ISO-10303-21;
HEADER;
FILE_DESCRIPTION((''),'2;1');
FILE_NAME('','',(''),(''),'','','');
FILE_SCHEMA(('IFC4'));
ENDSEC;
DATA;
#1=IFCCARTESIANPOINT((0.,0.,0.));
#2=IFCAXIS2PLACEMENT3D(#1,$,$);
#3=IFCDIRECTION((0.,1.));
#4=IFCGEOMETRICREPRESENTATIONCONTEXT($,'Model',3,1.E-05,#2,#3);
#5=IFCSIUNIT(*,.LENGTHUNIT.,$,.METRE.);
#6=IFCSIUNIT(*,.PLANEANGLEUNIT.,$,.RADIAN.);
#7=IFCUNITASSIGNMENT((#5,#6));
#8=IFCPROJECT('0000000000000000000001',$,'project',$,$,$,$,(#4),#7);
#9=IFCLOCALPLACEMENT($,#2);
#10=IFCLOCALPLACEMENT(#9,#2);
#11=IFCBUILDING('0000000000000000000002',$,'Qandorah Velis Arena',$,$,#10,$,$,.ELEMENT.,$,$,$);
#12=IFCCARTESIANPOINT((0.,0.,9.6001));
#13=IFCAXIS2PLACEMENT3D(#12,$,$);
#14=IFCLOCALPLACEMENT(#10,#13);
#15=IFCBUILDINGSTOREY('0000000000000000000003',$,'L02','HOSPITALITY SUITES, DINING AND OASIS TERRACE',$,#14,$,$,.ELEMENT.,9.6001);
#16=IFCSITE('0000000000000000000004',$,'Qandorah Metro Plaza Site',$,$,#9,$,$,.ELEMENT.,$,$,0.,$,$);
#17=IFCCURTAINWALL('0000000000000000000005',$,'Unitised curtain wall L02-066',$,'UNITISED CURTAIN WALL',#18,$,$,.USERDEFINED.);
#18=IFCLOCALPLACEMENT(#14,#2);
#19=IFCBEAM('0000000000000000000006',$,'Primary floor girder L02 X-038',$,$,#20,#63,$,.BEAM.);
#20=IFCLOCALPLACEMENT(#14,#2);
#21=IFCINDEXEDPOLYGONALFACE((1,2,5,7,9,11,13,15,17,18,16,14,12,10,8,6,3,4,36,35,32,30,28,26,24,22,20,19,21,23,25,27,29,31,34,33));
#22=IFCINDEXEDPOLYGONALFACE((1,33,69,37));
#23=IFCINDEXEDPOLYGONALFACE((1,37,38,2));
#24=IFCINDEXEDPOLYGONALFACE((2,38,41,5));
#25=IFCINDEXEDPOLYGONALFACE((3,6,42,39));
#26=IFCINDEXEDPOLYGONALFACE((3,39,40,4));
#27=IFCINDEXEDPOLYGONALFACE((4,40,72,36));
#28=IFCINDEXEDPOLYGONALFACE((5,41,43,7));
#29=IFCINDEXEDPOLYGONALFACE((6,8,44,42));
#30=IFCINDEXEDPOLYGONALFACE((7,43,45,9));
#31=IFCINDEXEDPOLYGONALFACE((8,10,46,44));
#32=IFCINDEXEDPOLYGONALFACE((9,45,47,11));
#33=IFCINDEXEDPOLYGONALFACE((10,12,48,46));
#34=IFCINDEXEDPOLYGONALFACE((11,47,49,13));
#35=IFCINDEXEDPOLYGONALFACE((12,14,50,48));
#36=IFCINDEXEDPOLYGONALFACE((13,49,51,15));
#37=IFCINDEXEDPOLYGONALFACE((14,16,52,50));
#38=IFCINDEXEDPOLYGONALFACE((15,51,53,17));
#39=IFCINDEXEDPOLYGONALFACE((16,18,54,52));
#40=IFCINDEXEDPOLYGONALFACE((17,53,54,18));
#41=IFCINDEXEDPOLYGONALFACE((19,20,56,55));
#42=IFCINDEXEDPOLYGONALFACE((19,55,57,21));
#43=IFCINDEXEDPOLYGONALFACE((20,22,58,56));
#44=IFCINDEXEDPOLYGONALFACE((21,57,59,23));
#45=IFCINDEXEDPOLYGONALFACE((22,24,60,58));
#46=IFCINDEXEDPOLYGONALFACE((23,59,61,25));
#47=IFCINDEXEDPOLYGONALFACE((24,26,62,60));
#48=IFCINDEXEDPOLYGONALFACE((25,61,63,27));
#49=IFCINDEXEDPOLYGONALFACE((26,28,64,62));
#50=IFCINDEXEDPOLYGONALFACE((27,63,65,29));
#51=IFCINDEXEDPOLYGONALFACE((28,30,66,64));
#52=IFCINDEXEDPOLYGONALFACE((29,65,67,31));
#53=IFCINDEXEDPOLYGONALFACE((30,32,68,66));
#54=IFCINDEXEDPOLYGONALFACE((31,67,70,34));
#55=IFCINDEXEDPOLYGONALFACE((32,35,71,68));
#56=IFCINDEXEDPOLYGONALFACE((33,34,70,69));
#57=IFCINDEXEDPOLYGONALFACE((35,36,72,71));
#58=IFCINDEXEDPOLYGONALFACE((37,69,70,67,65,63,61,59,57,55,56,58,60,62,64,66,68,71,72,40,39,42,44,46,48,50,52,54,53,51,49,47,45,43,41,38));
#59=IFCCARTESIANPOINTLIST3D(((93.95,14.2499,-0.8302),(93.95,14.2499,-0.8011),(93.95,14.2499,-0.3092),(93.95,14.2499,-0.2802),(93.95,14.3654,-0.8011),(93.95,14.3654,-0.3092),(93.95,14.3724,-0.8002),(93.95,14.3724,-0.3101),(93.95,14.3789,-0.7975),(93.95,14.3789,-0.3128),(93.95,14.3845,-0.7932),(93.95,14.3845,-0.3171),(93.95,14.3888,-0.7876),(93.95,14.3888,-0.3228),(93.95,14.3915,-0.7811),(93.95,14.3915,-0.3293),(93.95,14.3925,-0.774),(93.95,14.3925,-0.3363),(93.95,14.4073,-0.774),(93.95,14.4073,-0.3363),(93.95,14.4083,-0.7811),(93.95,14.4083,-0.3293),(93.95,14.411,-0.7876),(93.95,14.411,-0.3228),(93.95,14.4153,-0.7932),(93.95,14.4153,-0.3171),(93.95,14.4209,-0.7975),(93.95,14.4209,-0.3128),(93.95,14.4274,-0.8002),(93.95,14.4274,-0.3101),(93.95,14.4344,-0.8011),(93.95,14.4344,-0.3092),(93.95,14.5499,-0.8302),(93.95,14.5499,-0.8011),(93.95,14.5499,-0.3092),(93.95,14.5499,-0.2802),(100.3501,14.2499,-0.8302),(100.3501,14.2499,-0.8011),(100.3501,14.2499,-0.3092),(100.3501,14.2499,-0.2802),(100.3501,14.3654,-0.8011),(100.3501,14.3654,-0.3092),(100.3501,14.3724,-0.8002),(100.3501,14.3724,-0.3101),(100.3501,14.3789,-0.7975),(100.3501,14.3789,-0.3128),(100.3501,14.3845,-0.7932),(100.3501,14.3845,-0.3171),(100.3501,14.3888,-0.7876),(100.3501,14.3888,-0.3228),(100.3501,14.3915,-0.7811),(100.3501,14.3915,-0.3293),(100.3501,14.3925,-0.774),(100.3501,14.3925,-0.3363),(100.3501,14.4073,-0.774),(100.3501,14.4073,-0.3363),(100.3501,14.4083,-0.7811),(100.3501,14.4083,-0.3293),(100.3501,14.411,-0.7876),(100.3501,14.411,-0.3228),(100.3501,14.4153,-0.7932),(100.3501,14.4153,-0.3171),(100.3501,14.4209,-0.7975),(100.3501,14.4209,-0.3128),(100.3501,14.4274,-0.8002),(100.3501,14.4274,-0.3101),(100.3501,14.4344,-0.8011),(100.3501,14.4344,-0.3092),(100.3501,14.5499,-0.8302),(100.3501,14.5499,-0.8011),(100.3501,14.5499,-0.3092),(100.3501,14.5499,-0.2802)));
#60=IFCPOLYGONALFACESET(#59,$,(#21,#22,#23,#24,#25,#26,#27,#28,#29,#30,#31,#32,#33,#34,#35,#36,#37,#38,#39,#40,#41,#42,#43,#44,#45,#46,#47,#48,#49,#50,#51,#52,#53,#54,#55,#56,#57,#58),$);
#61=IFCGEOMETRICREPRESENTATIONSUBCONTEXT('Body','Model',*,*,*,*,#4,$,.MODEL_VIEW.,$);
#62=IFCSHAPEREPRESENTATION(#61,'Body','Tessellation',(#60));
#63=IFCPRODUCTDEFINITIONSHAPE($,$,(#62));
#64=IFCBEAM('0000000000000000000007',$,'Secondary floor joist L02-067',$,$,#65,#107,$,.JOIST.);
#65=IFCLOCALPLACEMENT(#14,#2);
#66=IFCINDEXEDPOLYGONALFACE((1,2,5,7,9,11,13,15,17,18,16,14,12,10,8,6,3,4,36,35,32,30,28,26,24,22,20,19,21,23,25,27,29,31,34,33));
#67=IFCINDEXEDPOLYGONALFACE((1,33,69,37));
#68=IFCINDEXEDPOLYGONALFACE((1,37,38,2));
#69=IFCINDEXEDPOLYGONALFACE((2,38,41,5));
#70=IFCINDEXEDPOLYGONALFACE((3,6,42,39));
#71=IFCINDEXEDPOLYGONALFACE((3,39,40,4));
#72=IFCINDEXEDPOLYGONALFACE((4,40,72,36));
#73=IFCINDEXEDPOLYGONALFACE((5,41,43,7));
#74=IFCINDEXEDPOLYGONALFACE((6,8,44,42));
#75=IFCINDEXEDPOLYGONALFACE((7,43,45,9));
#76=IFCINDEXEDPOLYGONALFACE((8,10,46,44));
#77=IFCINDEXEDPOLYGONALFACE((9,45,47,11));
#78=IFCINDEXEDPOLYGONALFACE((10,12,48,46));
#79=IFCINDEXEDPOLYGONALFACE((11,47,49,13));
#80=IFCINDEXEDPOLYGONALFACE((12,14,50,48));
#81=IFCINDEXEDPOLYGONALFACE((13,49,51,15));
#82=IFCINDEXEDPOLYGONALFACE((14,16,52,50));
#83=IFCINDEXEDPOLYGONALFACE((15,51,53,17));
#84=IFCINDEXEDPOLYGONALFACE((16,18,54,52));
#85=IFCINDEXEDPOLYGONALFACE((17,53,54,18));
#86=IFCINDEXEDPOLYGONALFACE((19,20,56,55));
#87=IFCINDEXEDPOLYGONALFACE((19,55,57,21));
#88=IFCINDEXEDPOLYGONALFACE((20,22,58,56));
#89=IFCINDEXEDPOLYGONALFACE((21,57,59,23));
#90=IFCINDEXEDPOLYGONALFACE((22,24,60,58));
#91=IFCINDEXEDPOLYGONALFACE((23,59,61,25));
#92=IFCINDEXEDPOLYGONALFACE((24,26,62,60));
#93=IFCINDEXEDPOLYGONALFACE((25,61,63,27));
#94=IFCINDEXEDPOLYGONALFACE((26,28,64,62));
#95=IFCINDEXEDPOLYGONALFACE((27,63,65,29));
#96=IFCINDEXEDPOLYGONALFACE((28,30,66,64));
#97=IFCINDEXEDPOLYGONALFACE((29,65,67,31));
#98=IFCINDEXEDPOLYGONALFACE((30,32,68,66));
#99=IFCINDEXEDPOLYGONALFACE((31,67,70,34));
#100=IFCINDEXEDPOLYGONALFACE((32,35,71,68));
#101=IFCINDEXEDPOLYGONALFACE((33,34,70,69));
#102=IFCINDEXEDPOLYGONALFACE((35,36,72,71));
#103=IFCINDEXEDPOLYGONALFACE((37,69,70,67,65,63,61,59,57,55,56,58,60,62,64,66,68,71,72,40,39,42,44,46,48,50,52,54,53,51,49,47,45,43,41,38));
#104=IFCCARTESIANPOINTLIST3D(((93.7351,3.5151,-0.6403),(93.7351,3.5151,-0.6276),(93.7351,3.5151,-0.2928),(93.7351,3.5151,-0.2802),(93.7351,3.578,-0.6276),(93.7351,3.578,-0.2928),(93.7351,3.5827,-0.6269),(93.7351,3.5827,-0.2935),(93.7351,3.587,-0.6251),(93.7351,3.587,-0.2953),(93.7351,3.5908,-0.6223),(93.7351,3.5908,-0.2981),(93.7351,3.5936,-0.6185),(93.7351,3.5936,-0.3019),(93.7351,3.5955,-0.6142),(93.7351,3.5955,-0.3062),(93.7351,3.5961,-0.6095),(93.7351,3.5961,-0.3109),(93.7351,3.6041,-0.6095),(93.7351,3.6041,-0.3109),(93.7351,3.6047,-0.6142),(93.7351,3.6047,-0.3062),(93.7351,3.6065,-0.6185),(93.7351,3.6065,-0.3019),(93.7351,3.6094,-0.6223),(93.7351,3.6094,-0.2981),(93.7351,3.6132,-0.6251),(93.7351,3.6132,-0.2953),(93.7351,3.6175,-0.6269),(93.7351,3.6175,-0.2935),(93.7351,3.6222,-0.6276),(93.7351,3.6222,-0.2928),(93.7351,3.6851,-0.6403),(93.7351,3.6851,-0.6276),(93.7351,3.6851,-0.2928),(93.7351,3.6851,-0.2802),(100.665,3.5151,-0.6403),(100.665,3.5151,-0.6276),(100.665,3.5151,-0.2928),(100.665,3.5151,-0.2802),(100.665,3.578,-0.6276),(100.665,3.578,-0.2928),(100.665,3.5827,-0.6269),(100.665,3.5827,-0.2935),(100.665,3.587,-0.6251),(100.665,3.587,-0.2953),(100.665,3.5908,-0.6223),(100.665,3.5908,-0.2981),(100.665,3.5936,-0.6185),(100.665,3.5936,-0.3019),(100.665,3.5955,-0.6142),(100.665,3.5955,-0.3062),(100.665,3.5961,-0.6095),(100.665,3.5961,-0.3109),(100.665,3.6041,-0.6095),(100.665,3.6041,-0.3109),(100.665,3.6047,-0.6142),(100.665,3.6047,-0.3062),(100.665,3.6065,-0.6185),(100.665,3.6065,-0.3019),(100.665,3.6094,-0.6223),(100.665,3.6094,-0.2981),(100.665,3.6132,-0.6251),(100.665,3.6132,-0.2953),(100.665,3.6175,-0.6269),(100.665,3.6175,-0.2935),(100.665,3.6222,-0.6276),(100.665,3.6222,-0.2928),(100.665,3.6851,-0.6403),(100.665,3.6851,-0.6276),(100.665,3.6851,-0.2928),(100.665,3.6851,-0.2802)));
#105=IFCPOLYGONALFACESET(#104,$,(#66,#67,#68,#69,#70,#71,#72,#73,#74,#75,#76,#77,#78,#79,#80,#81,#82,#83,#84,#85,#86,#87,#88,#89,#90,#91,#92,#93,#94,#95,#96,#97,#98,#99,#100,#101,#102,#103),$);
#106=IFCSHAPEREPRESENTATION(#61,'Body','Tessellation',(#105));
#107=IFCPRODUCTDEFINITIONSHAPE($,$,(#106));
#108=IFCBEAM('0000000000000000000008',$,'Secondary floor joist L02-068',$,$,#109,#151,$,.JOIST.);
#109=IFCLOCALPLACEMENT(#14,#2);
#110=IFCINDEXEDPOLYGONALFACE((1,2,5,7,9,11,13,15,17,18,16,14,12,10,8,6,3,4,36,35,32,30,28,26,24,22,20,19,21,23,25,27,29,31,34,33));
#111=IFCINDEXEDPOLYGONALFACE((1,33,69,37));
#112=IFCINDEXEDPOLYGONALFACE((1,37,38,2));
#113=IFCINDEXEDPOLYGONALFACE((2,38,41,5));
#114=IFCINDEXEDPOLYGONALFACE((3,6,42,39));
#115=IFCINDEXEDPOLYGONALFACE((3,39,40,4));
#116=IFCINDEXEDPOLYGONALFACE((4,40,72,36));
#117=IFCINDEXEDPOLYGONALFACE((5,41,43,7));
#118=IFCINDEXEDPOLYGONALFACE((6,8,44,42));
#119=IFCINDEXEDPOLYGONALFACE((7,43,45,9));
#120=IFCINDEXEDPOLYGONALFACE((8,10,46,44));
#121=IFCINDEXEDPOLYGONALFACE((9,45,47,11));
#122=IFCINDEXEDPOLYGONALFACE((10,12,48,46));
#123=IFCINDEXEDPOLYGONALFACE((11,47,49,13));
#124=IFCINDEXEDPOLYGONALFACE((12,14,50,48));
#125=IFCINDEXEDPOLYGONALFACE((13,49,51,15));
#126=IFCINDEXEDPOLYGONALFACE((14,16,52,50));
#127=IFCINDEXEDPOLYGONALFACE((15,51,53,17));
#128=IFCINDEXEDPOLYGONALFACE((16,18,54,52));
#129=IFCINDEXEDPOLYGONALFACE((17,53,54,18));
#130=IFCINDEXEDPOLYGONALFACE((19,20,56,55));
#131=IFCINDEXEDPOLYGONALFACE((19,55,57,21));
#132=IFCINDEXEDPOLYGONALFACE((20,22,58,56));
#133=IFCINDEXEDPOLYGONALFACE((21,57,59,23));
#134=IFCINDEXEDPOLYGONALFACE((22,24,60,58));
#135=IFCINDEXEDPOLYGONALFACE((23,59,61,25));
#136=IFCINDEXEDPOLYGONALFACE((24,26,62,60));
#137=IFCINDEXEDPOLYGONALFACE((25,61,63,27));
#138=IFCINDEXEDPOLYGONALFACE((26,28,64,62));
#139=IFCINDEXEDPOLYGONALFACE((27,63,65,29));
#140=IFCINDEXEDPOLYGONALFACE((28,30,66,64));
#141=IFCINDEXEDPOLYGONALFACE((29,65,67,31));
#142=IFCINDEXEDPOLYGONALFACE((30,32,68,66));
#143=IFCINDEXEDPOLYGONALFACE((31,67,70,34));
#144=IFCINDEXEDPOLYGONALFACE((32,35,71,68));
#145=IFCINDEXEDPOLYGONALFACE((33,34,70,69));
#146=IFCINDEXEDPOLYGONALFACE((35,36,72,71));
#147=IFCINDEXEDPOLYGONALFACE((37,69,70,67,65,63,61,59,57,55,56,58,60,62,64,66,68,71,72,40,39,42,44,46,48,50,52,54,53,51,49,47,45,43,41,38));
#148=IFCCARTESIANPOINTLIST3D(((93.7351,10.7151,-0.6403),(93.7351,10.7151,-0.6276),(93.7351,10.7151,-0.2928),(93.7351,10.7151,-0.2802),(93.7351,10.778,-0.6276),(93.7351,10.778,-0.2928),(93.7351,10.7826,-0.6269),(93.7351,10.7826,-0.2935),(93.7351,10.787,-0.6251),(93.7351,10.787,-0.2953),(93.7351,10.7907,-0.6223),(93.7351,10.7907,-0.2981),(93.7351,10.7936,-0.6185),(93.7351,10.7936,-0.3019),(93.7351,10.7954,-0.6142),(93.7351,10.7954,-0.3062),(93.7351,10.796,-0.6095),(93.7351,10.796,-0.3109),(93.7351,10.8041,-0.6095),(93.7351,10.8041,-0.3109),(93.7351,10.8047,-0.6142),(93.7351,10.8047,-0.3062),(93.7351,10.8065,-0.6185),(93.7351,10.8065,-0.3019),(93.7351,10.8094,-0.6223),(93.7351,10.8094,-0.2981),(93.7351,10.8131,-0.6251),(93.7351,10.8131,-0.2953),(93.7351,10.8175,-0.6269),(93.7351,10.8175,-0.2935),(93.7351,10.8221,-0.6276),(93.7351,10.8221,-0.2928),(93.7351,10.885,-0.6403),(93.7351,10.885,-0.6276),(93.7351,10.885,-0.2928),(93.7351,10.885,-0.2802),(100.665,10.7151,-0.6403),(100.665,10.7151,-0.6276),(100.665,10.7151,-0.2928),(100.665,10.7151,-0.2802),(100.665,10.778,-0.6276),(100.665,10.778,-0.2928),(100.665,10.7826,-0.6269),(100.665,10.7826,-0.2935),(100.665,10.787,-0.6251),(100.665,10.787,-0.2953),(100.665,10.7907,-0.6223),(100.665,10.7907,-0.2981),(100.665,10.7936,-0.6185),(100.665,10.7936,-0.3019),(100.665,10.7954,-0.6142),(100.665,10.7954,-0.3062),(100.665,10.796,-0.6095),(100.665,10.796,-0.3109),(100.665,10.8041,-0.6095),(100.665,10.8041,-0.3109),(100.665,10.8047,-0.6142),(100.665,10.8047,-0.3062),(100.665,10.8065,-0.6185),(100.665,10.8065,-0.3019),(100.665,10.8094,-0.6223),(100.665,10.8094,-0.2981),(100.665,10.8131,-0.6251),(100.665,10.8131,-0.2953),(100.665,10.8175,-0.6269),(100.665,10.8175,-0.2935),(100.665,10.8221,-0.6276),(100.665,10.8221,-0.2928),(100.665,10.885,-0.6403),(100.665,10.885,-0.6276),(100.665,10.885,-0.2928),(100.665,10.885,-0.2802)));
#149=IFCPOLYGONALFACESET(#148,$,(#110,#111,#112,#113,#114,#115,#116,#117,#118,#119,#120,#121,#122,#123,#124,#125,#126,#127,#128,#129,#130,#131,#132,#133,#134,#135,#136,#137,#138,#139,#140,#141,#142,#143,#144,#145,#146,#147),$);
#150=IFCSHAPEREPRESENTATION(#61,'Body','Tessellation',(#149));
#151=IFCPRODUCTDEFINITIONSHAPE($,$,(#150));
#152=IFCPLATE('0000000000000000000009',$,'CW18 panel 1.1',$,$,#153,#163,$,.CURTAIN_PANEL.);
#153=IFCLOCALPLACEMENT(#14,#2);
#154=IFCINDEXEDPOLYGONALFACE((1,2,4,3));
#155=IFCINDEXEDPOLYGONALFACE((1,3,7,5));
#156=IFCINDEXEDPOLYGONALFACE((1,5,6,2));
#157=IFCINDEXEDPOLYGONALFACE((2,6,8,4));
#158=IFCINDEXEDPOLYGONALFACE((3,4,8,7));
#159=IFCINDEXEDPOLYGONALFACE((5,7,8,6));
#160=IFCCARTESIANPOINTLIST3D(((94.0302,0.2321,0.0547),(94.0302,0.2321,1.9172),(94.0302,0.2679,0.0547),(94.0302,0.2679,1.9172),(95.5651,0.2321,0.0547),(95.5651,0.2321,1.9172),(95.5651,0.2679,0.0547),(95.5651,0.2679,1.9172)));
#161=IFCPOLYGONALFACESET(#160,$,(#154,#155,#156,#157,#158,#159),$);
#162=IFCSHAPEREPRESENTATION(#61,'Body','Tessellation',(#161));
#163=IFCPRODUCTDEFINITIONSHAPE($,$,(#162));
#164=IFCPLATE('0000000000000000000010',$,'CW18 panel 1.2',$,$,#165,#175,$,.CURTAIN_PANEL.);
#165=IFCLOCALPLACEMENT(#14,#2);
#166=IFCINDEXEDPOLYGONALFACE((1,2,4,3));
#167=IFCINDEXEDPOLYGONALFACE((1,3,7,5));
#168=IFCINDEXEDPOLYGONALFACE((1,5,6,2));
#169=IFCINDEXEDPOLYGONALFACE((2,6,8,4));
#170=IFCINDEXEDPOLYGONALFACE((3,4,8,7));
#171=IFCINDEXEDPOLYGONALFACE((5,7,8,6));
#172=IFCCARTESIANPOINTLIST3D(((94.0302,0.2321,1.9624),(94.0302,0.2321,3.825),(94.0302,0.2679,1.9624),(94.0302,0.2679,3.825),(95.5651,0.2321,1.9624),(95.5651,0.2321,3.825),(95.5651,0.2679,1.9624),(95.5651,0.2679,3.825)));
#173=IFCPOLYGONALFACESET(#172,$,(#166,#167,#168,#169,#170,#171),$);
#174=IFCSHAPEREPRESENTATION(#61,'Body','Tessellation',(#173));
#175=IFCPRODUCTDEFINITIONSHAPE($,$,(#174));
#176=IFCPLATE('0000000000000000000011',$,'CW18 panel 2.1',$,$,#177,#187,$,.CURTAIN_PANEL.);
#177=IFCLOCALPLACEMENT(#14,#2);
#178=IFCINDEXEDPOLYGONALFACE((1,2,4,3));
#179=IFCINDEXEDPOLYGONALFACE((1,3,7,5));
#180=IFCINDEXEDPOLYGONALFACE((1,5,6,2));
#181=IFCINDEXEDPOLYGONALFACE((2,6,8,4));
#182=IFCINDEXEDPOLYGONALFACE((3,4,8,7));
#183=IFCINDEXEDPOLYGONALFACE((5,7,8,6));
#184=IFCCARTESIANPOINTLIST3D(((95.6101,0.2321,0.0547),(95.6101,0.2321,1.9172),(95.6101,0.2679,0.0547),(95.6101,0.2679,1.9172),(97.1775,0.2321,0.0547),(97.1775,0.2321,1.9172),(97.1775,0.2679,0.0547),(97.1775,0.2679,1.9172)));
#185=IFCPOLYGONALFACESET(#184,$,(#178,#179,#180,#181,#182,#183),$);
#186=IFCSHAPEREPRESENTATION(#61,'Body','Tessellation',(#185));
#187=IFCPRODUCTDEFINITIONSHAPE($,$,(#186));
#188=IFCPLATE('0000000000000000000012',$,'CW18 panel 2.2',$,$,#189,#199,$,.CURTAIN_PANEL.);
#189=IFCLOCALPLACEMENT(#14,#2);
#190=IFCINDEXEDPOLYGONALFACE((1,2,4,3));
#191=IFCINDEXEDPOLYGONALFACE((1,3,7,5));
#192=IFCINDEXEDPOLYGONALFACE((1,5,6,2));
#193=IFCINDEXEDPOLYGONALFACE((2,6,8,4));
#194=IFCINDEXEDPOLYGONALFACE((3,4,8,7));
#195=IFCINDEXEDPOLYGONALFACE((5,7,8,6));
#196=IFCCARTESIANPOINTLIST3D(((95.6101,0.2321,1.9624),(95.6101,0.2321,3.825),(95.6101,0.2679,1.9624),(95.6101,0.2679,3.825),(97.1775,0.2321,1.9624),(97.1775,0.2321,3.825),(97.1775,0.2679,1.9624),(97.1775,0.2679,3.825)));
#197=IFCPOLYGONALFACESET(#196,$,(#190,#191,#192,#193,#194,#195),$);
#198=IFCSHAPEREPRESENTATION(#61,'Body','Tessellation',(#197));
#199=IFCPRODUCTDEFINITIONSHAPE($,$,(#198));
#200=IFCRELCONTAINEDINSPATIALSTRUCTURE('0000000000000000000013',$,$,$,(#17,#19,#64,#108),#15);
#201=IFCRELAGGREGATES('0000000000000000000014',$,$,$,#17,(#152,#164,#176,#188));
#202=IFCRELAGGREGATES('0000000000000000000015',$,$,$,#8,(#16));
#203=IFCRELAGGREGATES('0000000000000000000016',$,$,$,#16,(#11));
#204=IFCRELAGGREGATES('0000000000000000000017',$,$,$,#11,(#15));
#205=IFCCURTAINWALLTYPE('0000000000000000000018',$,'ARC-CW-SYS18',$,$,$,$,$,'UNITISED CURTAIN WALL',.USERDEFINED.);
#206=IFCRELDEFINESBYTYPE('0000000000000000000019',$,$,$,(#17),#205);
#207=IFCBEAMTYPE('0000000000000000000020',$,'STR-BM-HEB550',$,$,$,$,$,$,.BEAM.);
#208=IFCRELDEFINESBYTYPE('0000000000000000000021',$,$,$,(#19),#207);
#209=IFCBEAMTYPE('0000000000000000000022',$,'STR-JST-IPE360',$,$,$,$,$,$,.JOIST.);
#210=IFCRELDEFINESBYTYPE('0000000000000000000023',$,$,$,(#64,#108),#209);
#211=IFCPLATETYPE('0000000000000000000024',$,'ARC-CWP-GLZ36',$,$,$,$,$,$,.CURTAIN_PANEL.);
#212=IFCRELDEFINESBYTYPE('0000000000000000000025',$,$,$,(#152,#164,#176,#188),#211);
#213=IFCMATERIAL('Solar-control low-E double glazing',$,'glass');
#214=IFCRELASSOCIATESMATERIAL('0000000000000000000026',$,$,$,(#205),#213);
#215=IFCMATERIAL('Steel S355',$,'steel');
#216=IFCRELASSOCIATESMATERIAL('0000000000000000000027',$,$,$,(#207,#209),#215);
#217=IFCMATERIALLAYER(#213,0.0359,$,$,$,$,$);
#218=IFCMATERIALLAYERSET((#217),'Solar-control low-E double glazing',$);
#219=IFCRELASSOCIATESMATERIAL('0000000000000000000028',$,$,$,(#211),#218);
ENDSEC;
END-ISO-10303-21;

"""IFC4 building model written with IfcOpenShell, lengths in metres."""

from ifc_helpers import new_model, si_unit, direction, frame, origin, origin_2d, place, context, subcontext, project, spatial, rectangle, i_section, extrude, material, layer, layer_set, material_profile, profile_set, type_object, element, aggregate, save


model = new_model("IFC4")

# Units and contexts
model_context = context("Model", 3, precision=1e-05, world=origin(), true_north=direction((0.0, 1.0)))
body_context = subcontext(model_context, "Body", "Model", "MODEL_VIEW")
ifc_project = project(units=[si_unit("LENGTHUNIT", "METRE"), si_unit("PLANEANGLEUNIT", "RADIAN")], contexts=[model_context])

# Site, building, storey
site_placement = place(None, origin())
site = spatial("IfcSite", under=ifc_project, at=site_placement, Name="Qandorah Metro Plaza Site", CompositionType="ELEMENT", RefElevation=0.0)
building_placement = place(site_placement, origin())
building = spatial("IfcBuilding", under=site, at=building_placement, Name="Qandorah Velis Arena", CompositionType="ELEMENT")
storey_placement = place(building_placement, frame((0.0, 0.0, 9.6001)))
storey = spatial("IfcBuildingStorey", under=building, at=storey_placement, Name="L02", Description="HOSPITALITY SUITES, DINING AND OASIS TERRACE", CompositionType="ELEMENT", Elevation=9.6001)

# Shared definitions
ifc_material_1 = material(Name="Steel S355", Category="steel")

# Curtain wall
ifc_material_2 = material(Name="Solar-control low-E double glazing", Category="glass")
curtain_wall_type_1 = type_object("IfcCurtainWallType", Name="ARC-CW-SYS18", ElementType="UNITISED CURTAIN WALL", PredefinedType="USERDEFINED", material=ifc_material_2)
curtain_wall_1_placement = place(storey_placement, origin())
curtain_wall_1 = element("IfcCurtainWall", 1, at=curtain_wall_1_placement, inside=storey, type_object=curtain_wall_type_1, Name="Unitised curtain wall L02-066", ObjectType="UNITISED CURTAIN WALL", PredefinedType="USERDEFINED")

# Beams
ifc_material_profile_1 = material_profile(ifc_material_1, i_section(OverallWidth=0.3, OverallDepth=0.55, WebThickness=0.0149, FlangeThickness=0.0291, FilletRadius=0.0271, at=origin_2d()), Name="HEB 550")
ifc_profile_set_1 = profile_set([ifc_material_profile_1], Name="Steel S355")
beam_type_1 = type_object("IfcBeamType", Name="STR-BM-HEB550", PredefinedType="BEAM", material=ifc_profile_set_1)
beam_1_placement = place(storey_placement, frame((93.95, 14.3999, -0.5552), z_axis=(1.0, 0.0, 0.0), x_axis=(0.0, 1.0, 0.0)))
element("IfcBeam", 2, at=beam_1_placement, inside=storey, type_object=beam_type_1, Name="Primary floor girder L02 X-038", PredefinedType="BEAM", context=body_context, shape_type="SweptSolid", body=[
    extrude(i_section(OverallWidth=0.3, OverallDepth=0.55, WebThickness=0.0149, FlangeThickness=0.0291, FilletRadius=0.0271, at=origin_2d()), origin(), (0.0, 0.0, 1.0), 6.4001),
])
ifc_material_profile_2 = material_profile(ifc_material_1, i_section(OverallWidth=0.1699, OverallDepth=0.3601, WebThickness=0.0081, FlangeThickness=0.0127, FilletRadius=0.0181, at=origin_2d()), Name="IPE 360")
ifc_profile_set_2 = profile_set([ifc_material_profile_2], Name="Steel S355")
beam_type_2 = type_object("IfcBeamType", Name="STR-JST-IPE360", PredefinedType="JOIST", material=ifc_profile_set_2)
for number, where, z_axis, x_axis, name in (
    (3, (93.7351, 3.6001, -0.4602), (1.0, 0.0, 0.0), (0.0, 1.0, 0.0), "Secondary floor joist L02-067"),
    (4, (93.7351, 10.8, -0.4602), (1.0, 0.0, 0.0), (0.0, 1.0, 0.0), "Secondary floor joist L02-068"),
):
    element("IfcBeam", number, at=place(storey_placement, frame(where, z_axis=z_axis, x_axis=x_axis)), inside=storey, type_object=beam_type_2, Name=name, PredefinedType="JOIST", context=body_context, shape_type="SweptSolid", body=[
        extrude(i_section(OverallWidth=0.1699, OverallDepth=0.3601, WebThickness=0.0081, FlangeThickness=0.0127, FilletRadius=0.0181, at=origin_2d()), origin(), (0.0, 0.0, 1.0), 6.9299),
    ])

# Plates
ifc_layer_1 = layer(ifc_material_2, 0.0359)
ifc_layer_set_1 = layer_set([ifc_layer_1], Name="Solar-control low-E double glazing")
plate_type_1 = type_object("IfcPlateType", Name="ARC-CWP-GLZ36", PredefinedType="CURTAIN_PANEL", material=ifc_layer_set_1)
plate_1_placement = place(storey_placement, frame((94.7976, 0.25, 0.0547), z_axis=(0.0, 0.0, 1.0), x_axis=(1.0, 0.0, 0.0)))
plate_1 = element("IfcPlate", 5, at=plate_1_placement, type_object=plate_type_1, Name="CW18 panel 1.1", PredefinedType="CURTAIN_PANEL", context=body_context, shape_type="SweptSolid", body=[
    extrude(rectangle(XDim=1.5349, YDim=0.0359, at=origin_2d()), origin(), (0.0, 0.0, 1.0), 1.8625),
])
plate_2_placement = place(storey_placement, frame((94.7976, 0.25, 1.9624), z_axis=(0.0, 0.0, 1.0), x_axis=(1.0, 0.0, 0.0)))
plate_2 = element("IfcPlate", 6, at=plate_2_placement, type_object=plate_type_1, Name="CW18 panel 1.2", PredefinedType="CURTAIN_PANEL", context=body_context, shape_type="SweptSolid", body=[
    extrude(rectangle(XDim=1.5349, YDim=0.0359, at=origin_2d()), origin(), (0.0, 0.0, 1.0), 1.8625),
])
plate_3_placement = place(storey_placement, frame((96.3938, 0.25, 0.0547), z_axis=(0.0, 0.0, 1.0), x_axis=(1.0, 0.0, 0.0)))
plate_3 = element("IfcPlate", 7, at=plate_3_placement, type_object=plate_type_1, Name="CW18 panel 2.1", PredefinedType="CURTAIN_PANEL", context=body_context, shape_type="SweptSolid", body=[
    extrude(rectangle(XDim=1.5674, YDim=0.0359, at=origin_2d()), origin(), (0.0, 0.0, 1.0), 1.8625),
])
plate_4_placement = place(storey_placement, frame((96.3938, 0.25, 1.9624), z_axis=(0.0, 0.0, 1.0), x_axis=(1.0, 0.0, 0.0)))
plate_4 = element("IfcPlate", 8, at=plate_4_placement, type_object=plate_type_1, Name="CW18 panel 2.2", PredefinedType="CURTAIN_PANEL", context=body_context, shape_type="SweptSolid", body=[
    extrude(rectangle(XDim=1.5674, YDim=0.0359, at=origin_2d()), origin(), (0.0, 0.0, 1.0), 1.8625),
])
aggregate(curtain_wall_1, [plate_1, plate_2, plate_3, plate_4])

save(model, "model.ifc")
